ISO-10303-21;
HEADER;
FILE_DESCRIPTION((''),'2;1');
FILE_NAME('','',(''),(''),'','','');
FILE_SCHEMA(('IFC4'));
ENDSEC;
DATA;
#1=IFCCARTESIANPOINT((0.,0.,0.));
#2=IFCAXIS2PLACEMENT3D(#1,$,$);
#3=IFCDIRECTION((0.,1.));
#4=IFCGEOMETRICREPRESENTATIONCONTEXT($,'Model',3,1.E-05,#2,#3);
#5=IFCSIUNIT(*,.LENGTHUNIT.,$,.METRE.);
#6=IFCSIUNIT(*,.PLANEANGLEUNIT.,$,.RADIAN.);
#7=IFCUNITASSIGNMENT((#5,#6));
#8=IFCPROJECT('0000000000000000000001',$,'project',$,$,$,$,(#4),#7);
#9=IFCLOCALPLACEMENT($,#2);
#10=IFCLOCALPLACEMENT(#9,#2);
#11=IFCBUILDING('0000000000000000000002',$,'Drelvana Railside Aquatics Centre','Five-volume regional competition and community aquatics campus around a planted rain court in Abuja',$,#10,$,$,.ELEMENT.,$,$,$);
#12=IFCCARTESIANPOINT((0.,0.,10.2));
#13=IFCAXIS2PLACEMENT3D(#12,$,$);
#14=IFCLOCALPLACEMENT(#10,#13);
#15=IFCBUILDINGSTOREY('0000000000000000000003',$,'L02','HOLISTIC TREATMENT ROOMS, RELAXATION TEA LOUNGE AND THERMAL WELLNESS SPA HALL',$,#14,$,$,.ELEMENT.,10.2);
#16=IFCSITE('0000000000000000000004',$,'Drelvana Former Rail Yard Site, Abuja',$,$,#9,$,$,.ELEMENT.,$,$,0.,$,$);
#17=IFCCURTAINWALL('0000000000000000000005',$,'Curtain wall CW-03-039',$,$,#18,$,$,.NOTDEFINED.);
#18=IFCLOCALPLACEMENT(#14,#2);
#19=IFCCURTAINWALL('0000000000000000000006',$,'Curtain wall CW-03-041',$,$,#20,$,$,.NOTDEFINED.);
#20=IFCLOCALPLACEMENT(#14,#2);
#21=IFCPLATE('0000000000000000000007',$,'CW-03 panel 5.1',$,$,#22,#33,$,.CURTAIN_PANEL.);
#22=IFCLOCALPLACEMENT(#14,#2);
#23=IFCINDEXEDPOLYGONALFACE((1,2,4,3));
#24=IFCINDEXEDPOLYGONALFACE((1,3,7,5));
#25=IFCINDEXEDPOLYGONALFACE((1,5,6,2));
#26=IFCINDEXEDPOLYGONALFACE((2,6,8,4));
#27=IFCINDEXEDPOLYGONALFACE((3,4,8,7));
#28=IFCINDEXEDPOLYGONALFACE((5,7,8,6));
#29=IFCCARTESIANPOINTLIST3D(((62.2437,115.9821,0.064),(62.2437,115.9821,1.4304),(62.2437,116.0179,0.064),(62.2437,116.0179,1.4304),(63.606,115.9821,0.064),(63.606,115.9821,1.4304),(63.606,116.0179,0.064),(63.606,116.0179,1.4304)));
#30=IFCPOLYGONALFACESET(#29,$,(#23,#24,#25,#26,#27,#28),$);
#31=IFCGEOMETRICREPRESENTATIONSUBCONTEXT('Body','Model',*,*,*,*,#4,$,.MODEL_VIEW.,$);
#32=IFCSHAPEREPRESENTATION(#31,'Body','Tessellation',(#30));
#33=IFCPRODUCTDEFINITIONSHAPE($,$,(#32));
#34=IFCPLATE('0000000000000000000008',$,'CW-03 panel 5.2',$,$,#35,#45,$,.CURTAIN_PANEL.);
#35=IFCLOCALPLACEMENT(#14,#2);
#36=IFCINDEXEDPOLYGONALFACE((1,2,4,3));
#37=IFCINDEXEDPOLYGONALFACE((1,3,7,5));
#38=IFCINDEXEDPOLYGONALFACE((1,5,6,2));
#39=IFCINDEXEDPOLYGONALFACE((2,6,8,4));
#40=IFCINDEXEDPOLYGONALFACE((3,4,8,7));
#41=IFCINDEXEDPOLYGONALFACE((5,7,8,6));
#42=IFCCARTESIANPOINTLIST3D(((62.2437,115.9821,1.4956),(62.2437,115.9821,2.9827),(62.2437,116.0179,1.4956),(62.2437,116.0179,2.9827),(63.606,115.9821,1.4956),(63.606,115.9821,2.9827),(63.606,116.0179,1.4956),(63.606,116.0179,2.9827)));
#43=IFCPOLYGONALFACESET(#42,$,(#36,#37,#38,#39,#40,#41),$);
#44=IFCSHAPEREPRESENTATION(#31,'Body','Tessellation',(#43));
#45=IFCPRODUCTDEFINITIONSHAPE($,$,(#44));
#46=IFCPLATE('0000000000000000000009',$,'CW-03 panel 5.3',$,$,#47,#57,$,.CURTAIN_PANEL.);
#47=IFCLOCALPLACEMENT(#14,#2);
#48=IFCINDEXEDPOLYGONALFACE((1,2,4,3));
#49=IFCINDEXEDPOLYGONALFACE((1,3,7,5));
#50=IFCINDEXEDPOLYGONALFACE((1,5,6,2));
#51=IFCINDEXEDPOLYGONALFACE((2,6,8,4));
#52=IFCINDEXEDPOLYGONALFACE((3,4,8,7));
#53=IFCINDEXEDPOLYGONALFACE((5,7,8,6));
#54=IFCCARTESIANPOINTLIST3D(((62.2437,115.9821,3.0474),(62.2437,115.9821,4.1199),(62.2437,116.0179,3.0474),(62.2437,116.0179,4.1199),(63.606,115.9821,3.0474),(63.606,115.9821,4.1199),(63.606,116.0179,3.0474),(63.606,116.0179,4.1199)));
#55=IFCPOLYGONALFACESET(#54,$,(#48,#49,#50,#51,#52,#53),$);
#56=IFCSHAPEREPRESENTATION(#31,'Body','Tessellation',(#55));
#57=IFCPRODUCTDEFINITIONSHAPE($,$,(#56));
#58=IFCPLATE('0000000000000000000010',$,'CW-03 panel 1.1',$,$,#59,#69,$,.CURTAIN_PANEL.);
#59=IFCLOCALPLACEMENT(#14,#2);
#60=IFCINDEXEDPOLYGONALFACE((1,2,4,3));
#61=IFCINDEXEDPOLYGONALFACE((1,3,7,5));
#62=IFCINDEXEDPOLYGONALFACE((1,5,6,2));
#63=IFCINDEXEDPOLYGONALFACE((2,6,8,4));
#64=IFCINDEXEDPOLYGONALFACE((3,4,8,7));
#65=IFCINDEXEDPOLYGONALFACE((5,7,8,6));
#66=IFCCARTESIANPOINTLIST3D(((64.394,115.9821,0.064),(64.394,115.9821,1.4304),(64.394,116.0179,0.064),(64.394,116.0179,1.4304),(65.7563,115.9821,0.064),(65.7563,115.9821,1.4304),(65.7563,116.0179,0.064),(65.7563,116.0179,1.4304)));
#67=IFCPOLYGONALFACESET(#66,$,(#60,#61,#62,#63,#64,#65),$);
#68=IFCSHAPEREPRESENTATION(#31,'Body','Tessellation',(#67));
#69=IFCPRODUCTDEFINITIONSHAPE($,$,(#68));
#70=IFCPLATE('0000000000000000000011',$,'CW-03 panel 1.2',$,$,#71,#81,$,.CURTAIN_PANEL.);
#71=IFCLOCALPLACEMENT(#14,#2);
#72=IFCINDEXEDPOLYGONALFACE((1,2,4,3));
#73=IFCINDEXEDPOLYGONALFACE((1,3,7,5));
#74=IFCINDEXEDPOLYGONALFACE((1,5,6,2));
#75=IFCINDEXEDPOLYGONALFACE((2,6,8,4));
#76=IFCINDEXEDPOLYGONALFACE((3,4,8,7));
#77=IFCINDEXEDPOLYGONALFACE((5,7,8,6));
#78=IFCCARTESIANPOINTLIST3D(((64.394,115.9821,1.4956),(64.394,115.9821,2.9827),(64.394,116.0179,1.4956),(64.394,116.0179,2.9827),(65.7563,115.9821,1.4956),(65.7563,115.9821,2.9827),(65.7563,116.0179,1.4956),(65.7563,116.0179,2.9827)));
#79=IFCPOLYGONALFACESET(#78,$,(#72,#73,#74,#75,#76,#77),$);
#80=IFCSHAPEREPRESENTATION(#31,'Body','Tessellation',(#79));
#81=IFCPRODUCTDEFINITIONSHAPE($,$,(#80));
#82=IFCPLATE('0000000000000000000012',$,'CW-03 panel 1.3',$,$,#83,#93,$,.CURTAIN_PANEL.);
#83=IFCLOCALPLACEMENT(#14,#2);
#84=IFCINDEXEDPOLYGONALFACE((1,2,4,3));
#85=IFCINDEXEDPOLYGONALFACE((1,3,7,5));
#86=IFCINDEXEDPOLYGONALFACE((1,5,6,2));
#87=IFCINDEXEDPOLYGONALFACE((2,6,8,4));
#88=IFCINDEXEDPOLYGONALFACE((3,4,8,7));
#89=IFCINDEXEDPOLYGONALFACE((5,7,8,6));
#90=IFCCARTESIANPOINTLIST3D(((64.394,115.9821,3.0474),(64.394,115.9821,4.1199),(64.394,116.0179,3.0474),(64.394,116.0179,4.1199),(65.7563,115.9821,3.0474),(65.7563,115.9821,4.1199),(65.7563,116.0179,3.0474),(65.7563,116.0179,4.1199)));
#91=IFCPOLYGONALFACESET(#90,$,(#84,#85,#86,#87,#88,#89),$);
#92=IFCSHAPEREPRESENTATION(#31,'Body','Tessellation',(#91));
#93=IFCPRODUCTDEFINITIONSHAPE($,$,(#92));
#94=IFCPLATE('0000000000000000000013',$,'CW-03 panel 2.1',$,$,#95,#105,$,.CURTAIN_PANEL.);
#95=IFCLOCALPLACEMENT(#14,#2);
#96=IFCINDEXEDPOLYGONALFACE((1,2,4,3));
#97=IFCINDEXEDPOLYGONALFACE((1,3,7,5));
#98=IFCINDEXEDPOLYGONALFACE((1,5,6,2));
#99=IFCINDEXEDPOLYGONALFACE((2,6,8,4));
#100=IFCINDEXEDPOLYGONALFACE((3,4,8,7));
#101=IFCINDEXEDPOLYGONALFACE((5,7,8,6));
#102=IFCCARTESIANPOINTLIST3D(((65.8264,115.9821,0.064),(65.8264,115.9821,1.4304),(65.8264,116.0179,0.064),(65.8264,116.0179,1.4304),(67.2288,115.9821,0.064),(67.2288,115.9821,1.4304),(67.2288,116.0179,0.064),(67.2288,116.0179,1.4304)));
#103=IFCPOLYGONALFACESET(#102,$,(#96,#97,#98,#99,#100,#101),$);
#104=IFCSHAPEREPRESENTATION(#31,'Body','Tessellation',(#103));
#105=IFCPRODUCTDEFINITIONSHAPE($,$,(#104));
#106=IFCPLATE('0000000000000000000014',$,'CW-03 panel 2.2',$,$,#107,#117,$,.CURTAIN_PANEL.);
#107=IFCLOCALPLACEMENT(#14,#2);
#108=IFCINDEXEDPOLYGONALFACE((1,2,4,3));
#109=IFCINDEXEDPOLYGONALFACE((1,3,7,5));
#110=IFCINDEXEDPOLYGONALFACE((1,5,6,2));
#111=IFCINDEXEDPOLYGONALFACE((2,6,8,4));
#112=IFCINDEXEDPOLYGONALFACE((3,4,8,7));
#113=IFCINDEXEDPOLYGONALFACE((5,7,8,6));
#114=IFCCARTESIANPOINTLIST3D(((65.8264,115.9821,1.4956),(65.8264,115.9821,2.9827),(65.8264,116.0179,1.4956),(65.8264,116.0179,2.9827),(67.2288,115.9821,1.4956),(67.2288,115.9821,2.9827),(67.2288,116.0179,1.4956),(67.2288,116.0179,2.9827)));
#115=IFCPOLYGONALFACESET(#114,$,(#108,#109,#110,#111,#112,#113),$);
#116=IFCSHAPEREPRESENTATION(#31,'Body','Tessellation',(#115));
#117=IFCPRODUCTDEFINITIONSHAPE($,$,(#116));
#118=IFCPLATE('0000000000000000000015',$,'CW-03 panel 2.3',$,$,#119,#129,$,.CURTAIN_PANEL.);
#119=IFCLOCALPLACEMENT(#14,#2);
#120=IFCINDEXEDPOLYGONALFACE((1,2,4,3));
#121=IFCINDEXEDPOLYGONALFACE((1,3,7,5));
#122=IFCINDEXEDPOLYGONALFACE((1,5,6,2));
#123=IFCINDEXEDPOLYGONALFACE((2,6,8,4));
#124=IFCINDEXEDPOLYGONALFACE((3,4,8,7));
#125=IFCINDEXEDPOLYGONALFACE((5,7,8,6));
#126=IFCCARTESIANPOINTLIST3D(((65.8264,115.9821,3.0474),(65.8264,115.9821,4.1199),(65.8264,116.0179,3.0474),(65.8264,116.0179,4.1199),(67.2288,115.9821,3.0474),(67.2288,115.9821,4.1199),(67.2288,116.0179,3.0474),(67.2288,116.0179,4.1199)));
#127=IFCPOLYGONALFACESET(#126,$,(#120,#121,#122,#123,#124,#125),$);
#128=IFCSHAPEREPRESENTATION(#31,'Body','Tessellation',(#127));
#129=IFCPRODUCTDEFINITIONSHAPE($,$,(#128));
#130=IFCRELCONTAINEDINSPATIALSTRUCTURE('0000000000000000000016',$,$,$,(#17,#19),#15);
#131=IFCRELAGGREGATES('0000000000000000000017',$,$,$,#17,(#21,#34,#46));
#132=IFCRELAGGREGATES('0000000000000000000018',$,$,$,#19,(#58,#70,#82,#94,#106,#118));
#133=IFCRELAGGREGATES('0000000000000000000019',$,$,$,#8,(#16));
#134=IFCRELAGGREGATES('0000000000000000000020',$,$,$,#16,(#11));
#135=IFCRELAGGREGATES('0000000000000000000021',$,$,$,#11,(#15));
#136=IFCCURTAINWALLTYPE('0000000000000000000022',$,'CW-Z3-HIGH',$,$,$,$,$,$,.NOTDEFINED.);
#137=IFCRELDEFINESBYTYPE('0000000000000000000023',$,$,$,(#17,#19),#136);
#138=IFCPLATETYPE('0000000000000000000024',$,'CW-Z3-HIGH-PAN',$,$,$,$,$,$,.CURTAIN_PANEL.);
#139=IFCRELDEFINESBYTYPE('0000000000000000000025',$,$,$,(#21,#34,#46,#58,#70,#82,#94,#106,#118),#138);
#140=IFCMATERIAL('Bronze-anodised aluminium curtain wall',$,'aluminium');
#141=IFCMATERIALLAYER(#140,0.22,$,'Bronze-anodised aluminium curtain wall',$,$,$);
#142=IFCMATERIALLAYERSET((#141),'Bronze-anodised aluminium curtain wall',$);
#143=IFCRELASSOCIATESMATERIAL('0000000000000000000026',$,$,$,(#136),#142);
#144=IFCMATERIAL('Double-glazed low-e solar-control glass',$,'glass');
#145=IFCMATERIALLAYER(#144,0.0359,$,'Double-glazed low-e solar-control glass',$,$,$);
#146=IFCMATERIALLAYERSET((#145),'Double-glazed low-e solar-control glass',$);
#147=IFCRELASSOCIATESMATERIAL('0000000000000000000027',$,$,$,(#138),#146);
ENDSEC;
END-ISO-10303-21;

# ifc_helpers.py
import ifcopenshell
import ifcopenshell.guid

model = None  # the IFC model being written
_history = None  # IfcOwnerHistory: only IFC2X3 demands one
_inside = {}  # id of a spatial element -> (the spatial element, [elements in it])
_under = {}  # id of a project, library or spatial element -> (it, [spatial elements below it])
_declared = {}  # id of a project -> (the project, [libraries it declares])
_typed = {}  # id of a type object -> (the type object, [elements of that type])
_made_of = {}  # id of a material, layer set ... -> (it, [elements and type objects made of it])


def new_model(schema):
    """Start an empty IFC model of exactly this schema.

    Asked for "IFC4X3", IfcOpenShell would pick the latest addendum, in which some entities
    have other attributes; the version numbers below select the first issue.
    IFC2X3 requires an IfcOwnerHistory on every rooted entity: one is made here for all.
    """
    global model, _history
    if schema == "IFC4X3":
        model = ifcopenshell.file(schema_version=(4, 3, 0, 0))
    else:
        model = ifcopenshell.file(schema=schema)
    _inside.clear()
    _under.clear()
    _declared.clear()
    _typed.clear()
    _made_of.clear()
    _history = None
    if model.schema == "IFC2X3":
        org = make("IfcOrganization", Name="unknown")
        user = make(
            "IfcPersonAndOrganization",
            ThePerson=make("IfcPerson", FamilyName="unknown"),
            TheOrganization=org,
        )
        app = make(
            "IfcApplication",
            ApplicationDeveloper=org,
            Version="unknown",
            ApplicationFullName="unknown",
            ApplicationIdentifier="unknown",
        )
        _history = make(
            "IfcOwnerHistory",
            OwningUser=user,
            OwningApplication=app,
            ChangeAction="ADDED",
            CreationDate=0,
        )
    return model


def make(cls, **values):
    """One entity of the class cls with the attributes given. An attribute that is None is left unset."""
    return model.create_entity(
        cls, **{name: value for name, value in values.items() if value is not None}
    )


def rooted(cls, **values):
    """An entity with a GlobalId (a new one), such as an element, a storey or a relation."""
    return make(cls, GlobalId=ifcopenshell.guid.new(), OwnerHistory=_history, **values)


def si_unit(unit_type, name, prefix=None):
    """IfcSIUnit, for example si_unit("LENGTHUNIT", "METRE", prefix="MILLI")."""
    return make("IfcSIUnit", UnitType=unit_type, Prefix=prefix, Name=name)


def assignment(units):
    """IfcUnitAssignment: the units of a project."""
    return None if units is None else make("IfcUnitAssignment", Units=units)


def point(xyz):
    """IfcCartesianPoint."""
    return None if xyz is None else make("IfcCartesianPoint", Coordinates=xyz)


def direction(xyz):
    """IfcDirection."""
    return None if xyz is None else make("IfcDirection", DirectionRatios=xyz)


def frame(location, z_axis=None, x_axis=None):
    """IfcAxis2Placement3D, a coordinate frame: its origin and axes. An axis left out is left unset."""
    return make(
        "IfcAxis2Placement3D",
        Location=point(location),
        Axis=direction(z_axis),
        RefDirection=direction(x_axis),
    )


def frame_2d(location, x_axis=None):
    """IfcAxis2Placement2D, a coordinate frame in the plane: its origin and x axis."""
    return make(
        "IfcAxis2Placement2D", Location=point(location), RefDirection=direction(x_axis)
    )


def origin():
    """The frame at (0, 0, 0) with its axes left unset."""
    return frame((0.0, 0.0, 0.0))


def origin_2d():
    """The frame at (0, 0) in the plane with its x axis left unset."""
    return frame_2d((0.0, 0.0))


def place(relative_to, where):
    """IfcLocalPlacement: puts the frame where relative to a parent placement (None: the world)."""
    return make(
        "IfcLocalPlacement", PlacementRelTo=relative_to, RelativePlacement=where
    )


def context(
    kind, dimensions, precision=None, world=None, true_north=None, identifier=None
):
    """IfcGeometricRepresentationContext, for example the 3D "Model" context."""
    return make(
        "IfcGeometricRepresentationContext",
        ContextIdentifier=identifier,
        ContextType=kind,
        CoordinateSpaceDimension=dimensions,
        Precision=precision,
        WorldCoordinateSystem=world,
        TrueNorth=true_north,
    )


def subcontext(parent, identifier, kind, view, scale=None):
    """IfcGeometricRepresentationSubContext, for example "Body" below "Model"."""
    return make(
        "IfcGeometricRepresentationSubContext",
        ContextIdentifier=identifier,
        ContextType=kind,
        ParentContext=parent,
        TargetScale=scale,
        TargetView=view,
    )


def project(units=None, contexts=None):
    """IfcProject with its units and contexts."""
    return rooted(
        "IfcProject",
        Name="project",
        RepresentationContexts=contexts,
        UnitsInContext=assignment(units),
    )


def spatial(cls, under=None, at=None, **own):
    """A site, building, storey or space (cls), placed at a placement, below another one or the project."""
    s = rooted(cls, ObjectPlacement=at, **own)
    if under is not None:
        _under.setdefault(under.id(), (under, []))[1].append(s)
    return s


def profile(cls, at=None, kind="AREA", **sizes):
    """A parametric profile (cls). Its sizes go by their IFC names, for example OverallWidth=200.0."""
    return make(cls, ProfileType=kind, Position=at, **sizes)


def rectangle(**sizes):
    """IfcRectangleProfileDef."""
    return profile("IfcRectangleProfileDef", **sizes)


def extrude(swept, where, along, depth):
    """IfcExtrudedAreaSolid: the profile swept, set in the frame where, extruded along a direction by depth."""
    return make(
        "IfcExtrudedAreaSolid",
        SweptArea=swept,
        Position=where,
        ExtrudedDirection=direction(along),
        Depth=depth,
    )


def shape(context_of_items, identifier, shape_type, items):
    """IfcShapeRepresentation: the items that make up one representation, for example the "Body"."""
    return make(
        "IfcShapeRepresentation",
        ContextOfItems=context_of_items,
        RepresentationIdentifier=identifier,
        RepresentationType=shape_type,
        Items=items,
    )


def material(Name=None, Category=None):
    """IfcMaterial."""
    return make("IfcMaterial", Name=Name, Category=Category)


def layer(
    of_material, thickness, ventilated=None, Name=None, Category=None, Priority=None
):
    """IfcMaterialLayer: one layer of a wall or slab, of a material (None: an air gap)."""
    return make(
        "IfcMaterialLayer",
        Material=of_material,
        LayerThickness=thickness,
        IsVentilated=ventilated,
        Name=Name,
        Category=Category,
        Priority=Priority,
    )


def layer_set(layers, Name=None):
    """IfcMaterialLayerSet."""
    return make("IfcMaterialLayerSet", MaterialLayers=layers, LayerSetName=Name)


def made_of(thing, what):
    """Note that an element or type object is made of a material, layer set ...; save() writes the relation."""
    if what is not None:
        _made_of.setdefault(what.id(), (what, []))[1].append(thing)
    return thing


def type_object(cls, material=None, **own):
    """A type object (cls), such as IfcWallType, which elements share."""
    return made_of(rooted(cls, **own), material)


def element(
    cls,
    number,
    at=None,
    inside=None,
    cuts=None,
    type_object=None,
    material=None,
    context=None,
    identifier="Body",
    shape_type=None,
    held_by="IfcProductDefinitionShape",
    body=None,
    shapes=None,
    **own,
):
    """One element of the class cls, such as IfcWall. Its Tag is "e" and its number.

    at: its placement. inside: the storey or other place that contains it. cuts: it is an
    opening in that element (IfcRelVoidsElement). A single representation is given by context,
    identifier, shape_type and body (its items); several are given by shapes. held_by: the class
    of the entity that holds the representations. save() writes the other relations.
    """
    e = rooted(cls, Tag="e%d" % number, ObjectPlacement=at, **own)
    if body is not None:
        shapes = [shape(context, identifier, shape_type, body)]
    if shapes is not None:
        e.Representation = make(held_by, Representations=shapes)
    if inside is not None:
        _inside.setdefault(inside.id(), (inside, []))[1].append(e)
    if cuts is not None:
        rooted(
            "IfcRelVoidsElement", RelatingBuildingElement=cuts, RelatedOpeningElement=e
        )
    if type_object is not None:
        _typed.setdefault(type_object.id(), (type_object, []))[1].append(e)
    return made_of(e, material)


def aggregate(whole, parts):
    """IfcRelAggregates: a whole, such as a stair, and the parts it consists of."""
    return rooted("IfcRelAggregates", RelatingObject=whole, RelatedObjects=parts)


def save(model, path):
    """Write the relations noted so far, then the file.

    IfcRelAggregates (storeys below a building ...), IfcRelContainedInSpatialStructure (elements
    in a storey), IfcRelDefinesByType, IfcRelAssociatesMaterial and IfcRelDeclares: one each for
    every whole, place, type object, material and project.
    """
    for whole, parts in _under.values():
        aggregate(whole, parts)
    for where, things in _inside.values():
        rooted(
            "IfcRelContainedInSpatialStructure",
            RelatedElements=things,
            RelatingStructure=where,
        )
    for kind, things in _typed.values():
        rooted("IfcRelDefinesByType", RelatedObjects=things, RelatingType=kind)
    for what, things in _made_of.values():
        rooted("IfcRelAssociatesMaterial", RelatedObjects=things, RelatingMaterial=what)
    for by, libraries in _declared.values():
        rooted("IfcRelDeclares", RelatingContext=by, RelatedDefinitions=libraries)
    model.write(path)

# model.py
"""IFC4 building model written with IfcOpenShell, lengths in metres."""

from ifc_helpers import new_model, si_unit, direction, frame, origin, origin_2d, place, context, subcontext, project, spatial, rectangle, extrude, material, layer, layer_set, type_object, element, aggregate, save


model = new_model("IFC4")

# Units and contexts
model_context = context("Model", 3, precision=1e-05, world=origin(), true_north=direction((0.0, 1.0)))
body_context = subcontext(model_context, "Body", "Model", "MODEL_VIEW")
ifc_project = project(units=[si_unit("LENGTHUNIT", "METRE"), si_unit("PLANEANGLEUNIT", "RADIAN")], contexts=[model_context])

# Site, building, storey
site_placement = place(None, origin())
site = spatial("IfcSite", under=ifc_project, at=site_placement, Name="Drelvana Former Rail Yard Site, Abuja", CompositionType="ELEMENT", RefElevation=0.0)
building_placement = place(site_placement, origin())
building = spatial("IfcBuilding", under=site, at=building_placement, Name="Drelvana Railside Aquatics Centre", Description="Five-volume regional competition and community aquatics campus around a planted rain court in Abuja", CompositionType="ELEMENT")
storey_placement = place(building_placement, frame((0.0, 0.0, 10.2)))
storey = spatial("IfcBuildingStorey", under=building, at=storey_placement, Name="L02", Description="HOLISTIC TREATMENT ROOMS, RELAXATION TEA LOUNGE AND THERMAL WELLNESS SPA HALL", CompositionType="ELEMENT", Elevation=10.2)

# Curtain wall
ifc_material_1 = material(Name="Bronze-anodised aluminium curtain wall", Category="aluminium")
ifc_layer_1 = layer(ifc_material_1, 0.22, Name="Bronze-anodised aluminium curtain wall")
ifc_layer_set_1 = layer_set([ifc_layer_1], Name="Bronze-anodised aluminium curtain wall")
curtain_wall_type = type_object("IfcCurtainWallType", Name="CW-Z3-HIGH", PredefinedType="NOTDEFINED", material=ifc_layer_set_1)
curtain_wall_1_placement = place(storey_placement, origin())
curtain_wall_1 = element("IfcCurtainWall", 1, at=curtain_wall_1_placement, inside=storey, type_object=curtain_wall_type, Name="Curtain wall CW-03-039", PredefinedType="NOTDEFINED")

# Curtain wall
curtain_wall_2_placement = place(storey_placement, origin())
curtain_wall_2 = element("IfcCurtainWall", 2, at=curtain_wall_2_placement, inside=storey, type_object=curtain_wall_type, Name="Curtain wall CW-03-041", PredefinedType="NOTDEFINED")

# Plates
ifc_material_2 = material(Name="Double-glazed low-e solar-control glass", Category="glass")
ifc_layer_2 = layer(ifc_material_2, 0.0359, Name="Double-glazed low-e solar-control glass")
ifc_layer_set_2 = layer_set([ifc_layer_2], Name="Double-glazed low-e solar-control glass")
plate_type = type_object("IfcPlateType", Name="CW-Z3-HIGH-PAN", PredefinedType="CURTAIN_PANEL", material=ifc_layer_set_2)
plate_1_placement = place(storey_placement, frame((62.9248, 116.0, 0.064), z_axis=(0.0, 0.0, 1.0), x_axis=(1.0, 0.0, 0.0)))
plate_1 = element("IfcPlate", 3, at=plate_1_placement, type_object=plate_type, Name="CW-03 panel 5.1", PredefinedType="CURTAIN_PANEL", context=body_context, shape_type="SweptSolid", body=[
    extrude(rectangle(XDim=1.3623, YDim=0.0359, at=origin_2d()), origin(), (0.0, 0.0, 1.0), 1.3665),
])
plate_2_placement = place(storey_placement, frame((62.9248, 116.0, 1.4956), z_axis=(0.0, 0.0, 1.0), x_axis=(1.0, 0.0, 0.0)))
plate_2 = element("IfcPlate", 4, at=plate_2_placement, type_object=plate_type, Name="CW-03 panel 5.2", PredefinedType="CURTAIN_PANEL", context=body_context, shape_type="SweptSolid", body=[
    extrude(rectangle(XDim=1.3623, YDim=0.0359, at=origin_2d()), origin(), (0.0, 0.0, 1.0), 1.4871),
])
plate_3_placement = place(storey_placement, frame((62.9248, 116.0, 3.0474), z_axis=(0.0, 0.0, 1.0), x_axis=(1.0, 0.0, 0.0)))
plate_3 = element("IfcPlate", 5, at=plate_3_placement, type_object=plate_type, Name="CW-03 panel 5.3", PredefinedType="CURTAIN_PANEL", context=body_context, shape_type="SweptSolid", body=[
    extrude(rectangle(XDim=1.3623, YDim=0.0359, at=origin_2d()), origin(), (0.0, 0.0, 1.0), 1.0725),
])
aggregate(curtain_wall_1, [plate_1, plate_2, plate_3])
plate_4_placement = place(storey_placement, frame((65.0752, 116.0, 0.064), z_axis=(0.0, 0.0, 1.0), x_axis=(1.0, 0.0, 0.0)))
plate_4 = element("IfcPlate", 6, at=plate_4_placement, type_object=plate_type, Name="CW-03 panel 1.1", PredefinedType="CURTAIN_PANEL", context=body_context, shape_type="SweptSolid", body=[
    extrude(rectangle(XDim=1.3623, YDim=0.0359, at=origin_2d()), origin(), (0.0, 0.0, 1.0), 1.3665),
])
plate_5_placement = place(storey_placement, frame((65.0752, 116.0, 1.4956), z_axis=(0.0, 0.0, 1.0), x_axis=(1.0, 0.0, 0.0)))
plate_5 = element("IfcPlate", 7, at=plate_5_placement, type_object=plate_type, Name="CW-03 panel 1.2", PredefinedType="CURTAIN_PANEL", context=body_context, shape_type="SweptSolid", body=[
    extrude(rectangle(XDim=1.3623, YDim=0.0359, at=origin_2d()), origin(), (0.0, 0.0, 1.0), 1.4871),
])
plate_6_placement = place(storey_placement, frame((65.0752, 116.0, 3.0474), z_axis=(0.0, 0.0, 1.0), x_axis=(1.0, 0.0, 0.0)))
plate_6 = element("IfcPlate", 8, at=plate_6_placement, type_object=plate_type, Name="CW-03 panel 1.3", PredefinedType="CURTAIN_PANEL", context=body_context, shape_type="SweptSolid", body=[
    extrude(rectangle(XDim=1.3623, YDim=0.0359, at=origin_2d()), origin(), (0.0, 0.0, 1.0), 1.0725),
])
plate_7_placement = place(storey_placement, frame((66.5276, 116.0, 0.064), z_axis=(0.0, 0.0, 1.0), x_axis=(1.0, 0.0, 0.0)))
plate_7 = element("IfcPlate", 9, at=plate_7_placement, type_object=plate_type, Name="CW-03 panel 2.1", PredefinedType="CURTAIN_PANEL", context=body_context, shape_type="SweptSolid", body=[
    extrude(rectangle(XDim=1.4023, YDim=0.0359, at=origin_2d()), origin(), (0.0, 0.0, 1.0), 1.3665),
])
plate_8_placement = place(storey_placement, frame((66.5276, 116.0, 1.4956), z_axis=(0.0, 0.0, 1.0), x_axis=(1.0, 0.0, 0.0)))
plate_8 = element("IfcPlate", 10, at=plate_8_placement, type_object=plate_type, Name="CW-03 panel 2.2", PredefinedType="CURTAIN_PANEL", context=body_context, shape_type="SweptSolid", body=[
    extrude(rectangle(XDim=1.4023, YDim=0.0359, at=origin_2d()), origin(), (0.0, 0.0, 1.0), 1.4871),
])
plate_9_placement = place(storey_placement, frame((66.5276, 116.0, 3.0474), z_axis=(0.0, 0.0, 1.0), x_axis=(1.0, 0.0, 0.0)))
plate_9 = element("IfcPlate", 11, at=plate_9_placement, type_object=plate_type, Name="CW-03 panel 2.3", PredefinedType="CURTAIN_PANEL", context=body_context, shape_type="SweptSolid", body=[
    extrude(rectangle(XDim=1.4023, YDim=0.0359, at=origin_2d()), origin(), (0.0, 0.0, 1.0), 1.0725),
])
aggregate(curtain_wall_2, [plate_4, plate_5, plate_6, plate_7, plate_8, plate_9])

save(model, "model.ifc")
